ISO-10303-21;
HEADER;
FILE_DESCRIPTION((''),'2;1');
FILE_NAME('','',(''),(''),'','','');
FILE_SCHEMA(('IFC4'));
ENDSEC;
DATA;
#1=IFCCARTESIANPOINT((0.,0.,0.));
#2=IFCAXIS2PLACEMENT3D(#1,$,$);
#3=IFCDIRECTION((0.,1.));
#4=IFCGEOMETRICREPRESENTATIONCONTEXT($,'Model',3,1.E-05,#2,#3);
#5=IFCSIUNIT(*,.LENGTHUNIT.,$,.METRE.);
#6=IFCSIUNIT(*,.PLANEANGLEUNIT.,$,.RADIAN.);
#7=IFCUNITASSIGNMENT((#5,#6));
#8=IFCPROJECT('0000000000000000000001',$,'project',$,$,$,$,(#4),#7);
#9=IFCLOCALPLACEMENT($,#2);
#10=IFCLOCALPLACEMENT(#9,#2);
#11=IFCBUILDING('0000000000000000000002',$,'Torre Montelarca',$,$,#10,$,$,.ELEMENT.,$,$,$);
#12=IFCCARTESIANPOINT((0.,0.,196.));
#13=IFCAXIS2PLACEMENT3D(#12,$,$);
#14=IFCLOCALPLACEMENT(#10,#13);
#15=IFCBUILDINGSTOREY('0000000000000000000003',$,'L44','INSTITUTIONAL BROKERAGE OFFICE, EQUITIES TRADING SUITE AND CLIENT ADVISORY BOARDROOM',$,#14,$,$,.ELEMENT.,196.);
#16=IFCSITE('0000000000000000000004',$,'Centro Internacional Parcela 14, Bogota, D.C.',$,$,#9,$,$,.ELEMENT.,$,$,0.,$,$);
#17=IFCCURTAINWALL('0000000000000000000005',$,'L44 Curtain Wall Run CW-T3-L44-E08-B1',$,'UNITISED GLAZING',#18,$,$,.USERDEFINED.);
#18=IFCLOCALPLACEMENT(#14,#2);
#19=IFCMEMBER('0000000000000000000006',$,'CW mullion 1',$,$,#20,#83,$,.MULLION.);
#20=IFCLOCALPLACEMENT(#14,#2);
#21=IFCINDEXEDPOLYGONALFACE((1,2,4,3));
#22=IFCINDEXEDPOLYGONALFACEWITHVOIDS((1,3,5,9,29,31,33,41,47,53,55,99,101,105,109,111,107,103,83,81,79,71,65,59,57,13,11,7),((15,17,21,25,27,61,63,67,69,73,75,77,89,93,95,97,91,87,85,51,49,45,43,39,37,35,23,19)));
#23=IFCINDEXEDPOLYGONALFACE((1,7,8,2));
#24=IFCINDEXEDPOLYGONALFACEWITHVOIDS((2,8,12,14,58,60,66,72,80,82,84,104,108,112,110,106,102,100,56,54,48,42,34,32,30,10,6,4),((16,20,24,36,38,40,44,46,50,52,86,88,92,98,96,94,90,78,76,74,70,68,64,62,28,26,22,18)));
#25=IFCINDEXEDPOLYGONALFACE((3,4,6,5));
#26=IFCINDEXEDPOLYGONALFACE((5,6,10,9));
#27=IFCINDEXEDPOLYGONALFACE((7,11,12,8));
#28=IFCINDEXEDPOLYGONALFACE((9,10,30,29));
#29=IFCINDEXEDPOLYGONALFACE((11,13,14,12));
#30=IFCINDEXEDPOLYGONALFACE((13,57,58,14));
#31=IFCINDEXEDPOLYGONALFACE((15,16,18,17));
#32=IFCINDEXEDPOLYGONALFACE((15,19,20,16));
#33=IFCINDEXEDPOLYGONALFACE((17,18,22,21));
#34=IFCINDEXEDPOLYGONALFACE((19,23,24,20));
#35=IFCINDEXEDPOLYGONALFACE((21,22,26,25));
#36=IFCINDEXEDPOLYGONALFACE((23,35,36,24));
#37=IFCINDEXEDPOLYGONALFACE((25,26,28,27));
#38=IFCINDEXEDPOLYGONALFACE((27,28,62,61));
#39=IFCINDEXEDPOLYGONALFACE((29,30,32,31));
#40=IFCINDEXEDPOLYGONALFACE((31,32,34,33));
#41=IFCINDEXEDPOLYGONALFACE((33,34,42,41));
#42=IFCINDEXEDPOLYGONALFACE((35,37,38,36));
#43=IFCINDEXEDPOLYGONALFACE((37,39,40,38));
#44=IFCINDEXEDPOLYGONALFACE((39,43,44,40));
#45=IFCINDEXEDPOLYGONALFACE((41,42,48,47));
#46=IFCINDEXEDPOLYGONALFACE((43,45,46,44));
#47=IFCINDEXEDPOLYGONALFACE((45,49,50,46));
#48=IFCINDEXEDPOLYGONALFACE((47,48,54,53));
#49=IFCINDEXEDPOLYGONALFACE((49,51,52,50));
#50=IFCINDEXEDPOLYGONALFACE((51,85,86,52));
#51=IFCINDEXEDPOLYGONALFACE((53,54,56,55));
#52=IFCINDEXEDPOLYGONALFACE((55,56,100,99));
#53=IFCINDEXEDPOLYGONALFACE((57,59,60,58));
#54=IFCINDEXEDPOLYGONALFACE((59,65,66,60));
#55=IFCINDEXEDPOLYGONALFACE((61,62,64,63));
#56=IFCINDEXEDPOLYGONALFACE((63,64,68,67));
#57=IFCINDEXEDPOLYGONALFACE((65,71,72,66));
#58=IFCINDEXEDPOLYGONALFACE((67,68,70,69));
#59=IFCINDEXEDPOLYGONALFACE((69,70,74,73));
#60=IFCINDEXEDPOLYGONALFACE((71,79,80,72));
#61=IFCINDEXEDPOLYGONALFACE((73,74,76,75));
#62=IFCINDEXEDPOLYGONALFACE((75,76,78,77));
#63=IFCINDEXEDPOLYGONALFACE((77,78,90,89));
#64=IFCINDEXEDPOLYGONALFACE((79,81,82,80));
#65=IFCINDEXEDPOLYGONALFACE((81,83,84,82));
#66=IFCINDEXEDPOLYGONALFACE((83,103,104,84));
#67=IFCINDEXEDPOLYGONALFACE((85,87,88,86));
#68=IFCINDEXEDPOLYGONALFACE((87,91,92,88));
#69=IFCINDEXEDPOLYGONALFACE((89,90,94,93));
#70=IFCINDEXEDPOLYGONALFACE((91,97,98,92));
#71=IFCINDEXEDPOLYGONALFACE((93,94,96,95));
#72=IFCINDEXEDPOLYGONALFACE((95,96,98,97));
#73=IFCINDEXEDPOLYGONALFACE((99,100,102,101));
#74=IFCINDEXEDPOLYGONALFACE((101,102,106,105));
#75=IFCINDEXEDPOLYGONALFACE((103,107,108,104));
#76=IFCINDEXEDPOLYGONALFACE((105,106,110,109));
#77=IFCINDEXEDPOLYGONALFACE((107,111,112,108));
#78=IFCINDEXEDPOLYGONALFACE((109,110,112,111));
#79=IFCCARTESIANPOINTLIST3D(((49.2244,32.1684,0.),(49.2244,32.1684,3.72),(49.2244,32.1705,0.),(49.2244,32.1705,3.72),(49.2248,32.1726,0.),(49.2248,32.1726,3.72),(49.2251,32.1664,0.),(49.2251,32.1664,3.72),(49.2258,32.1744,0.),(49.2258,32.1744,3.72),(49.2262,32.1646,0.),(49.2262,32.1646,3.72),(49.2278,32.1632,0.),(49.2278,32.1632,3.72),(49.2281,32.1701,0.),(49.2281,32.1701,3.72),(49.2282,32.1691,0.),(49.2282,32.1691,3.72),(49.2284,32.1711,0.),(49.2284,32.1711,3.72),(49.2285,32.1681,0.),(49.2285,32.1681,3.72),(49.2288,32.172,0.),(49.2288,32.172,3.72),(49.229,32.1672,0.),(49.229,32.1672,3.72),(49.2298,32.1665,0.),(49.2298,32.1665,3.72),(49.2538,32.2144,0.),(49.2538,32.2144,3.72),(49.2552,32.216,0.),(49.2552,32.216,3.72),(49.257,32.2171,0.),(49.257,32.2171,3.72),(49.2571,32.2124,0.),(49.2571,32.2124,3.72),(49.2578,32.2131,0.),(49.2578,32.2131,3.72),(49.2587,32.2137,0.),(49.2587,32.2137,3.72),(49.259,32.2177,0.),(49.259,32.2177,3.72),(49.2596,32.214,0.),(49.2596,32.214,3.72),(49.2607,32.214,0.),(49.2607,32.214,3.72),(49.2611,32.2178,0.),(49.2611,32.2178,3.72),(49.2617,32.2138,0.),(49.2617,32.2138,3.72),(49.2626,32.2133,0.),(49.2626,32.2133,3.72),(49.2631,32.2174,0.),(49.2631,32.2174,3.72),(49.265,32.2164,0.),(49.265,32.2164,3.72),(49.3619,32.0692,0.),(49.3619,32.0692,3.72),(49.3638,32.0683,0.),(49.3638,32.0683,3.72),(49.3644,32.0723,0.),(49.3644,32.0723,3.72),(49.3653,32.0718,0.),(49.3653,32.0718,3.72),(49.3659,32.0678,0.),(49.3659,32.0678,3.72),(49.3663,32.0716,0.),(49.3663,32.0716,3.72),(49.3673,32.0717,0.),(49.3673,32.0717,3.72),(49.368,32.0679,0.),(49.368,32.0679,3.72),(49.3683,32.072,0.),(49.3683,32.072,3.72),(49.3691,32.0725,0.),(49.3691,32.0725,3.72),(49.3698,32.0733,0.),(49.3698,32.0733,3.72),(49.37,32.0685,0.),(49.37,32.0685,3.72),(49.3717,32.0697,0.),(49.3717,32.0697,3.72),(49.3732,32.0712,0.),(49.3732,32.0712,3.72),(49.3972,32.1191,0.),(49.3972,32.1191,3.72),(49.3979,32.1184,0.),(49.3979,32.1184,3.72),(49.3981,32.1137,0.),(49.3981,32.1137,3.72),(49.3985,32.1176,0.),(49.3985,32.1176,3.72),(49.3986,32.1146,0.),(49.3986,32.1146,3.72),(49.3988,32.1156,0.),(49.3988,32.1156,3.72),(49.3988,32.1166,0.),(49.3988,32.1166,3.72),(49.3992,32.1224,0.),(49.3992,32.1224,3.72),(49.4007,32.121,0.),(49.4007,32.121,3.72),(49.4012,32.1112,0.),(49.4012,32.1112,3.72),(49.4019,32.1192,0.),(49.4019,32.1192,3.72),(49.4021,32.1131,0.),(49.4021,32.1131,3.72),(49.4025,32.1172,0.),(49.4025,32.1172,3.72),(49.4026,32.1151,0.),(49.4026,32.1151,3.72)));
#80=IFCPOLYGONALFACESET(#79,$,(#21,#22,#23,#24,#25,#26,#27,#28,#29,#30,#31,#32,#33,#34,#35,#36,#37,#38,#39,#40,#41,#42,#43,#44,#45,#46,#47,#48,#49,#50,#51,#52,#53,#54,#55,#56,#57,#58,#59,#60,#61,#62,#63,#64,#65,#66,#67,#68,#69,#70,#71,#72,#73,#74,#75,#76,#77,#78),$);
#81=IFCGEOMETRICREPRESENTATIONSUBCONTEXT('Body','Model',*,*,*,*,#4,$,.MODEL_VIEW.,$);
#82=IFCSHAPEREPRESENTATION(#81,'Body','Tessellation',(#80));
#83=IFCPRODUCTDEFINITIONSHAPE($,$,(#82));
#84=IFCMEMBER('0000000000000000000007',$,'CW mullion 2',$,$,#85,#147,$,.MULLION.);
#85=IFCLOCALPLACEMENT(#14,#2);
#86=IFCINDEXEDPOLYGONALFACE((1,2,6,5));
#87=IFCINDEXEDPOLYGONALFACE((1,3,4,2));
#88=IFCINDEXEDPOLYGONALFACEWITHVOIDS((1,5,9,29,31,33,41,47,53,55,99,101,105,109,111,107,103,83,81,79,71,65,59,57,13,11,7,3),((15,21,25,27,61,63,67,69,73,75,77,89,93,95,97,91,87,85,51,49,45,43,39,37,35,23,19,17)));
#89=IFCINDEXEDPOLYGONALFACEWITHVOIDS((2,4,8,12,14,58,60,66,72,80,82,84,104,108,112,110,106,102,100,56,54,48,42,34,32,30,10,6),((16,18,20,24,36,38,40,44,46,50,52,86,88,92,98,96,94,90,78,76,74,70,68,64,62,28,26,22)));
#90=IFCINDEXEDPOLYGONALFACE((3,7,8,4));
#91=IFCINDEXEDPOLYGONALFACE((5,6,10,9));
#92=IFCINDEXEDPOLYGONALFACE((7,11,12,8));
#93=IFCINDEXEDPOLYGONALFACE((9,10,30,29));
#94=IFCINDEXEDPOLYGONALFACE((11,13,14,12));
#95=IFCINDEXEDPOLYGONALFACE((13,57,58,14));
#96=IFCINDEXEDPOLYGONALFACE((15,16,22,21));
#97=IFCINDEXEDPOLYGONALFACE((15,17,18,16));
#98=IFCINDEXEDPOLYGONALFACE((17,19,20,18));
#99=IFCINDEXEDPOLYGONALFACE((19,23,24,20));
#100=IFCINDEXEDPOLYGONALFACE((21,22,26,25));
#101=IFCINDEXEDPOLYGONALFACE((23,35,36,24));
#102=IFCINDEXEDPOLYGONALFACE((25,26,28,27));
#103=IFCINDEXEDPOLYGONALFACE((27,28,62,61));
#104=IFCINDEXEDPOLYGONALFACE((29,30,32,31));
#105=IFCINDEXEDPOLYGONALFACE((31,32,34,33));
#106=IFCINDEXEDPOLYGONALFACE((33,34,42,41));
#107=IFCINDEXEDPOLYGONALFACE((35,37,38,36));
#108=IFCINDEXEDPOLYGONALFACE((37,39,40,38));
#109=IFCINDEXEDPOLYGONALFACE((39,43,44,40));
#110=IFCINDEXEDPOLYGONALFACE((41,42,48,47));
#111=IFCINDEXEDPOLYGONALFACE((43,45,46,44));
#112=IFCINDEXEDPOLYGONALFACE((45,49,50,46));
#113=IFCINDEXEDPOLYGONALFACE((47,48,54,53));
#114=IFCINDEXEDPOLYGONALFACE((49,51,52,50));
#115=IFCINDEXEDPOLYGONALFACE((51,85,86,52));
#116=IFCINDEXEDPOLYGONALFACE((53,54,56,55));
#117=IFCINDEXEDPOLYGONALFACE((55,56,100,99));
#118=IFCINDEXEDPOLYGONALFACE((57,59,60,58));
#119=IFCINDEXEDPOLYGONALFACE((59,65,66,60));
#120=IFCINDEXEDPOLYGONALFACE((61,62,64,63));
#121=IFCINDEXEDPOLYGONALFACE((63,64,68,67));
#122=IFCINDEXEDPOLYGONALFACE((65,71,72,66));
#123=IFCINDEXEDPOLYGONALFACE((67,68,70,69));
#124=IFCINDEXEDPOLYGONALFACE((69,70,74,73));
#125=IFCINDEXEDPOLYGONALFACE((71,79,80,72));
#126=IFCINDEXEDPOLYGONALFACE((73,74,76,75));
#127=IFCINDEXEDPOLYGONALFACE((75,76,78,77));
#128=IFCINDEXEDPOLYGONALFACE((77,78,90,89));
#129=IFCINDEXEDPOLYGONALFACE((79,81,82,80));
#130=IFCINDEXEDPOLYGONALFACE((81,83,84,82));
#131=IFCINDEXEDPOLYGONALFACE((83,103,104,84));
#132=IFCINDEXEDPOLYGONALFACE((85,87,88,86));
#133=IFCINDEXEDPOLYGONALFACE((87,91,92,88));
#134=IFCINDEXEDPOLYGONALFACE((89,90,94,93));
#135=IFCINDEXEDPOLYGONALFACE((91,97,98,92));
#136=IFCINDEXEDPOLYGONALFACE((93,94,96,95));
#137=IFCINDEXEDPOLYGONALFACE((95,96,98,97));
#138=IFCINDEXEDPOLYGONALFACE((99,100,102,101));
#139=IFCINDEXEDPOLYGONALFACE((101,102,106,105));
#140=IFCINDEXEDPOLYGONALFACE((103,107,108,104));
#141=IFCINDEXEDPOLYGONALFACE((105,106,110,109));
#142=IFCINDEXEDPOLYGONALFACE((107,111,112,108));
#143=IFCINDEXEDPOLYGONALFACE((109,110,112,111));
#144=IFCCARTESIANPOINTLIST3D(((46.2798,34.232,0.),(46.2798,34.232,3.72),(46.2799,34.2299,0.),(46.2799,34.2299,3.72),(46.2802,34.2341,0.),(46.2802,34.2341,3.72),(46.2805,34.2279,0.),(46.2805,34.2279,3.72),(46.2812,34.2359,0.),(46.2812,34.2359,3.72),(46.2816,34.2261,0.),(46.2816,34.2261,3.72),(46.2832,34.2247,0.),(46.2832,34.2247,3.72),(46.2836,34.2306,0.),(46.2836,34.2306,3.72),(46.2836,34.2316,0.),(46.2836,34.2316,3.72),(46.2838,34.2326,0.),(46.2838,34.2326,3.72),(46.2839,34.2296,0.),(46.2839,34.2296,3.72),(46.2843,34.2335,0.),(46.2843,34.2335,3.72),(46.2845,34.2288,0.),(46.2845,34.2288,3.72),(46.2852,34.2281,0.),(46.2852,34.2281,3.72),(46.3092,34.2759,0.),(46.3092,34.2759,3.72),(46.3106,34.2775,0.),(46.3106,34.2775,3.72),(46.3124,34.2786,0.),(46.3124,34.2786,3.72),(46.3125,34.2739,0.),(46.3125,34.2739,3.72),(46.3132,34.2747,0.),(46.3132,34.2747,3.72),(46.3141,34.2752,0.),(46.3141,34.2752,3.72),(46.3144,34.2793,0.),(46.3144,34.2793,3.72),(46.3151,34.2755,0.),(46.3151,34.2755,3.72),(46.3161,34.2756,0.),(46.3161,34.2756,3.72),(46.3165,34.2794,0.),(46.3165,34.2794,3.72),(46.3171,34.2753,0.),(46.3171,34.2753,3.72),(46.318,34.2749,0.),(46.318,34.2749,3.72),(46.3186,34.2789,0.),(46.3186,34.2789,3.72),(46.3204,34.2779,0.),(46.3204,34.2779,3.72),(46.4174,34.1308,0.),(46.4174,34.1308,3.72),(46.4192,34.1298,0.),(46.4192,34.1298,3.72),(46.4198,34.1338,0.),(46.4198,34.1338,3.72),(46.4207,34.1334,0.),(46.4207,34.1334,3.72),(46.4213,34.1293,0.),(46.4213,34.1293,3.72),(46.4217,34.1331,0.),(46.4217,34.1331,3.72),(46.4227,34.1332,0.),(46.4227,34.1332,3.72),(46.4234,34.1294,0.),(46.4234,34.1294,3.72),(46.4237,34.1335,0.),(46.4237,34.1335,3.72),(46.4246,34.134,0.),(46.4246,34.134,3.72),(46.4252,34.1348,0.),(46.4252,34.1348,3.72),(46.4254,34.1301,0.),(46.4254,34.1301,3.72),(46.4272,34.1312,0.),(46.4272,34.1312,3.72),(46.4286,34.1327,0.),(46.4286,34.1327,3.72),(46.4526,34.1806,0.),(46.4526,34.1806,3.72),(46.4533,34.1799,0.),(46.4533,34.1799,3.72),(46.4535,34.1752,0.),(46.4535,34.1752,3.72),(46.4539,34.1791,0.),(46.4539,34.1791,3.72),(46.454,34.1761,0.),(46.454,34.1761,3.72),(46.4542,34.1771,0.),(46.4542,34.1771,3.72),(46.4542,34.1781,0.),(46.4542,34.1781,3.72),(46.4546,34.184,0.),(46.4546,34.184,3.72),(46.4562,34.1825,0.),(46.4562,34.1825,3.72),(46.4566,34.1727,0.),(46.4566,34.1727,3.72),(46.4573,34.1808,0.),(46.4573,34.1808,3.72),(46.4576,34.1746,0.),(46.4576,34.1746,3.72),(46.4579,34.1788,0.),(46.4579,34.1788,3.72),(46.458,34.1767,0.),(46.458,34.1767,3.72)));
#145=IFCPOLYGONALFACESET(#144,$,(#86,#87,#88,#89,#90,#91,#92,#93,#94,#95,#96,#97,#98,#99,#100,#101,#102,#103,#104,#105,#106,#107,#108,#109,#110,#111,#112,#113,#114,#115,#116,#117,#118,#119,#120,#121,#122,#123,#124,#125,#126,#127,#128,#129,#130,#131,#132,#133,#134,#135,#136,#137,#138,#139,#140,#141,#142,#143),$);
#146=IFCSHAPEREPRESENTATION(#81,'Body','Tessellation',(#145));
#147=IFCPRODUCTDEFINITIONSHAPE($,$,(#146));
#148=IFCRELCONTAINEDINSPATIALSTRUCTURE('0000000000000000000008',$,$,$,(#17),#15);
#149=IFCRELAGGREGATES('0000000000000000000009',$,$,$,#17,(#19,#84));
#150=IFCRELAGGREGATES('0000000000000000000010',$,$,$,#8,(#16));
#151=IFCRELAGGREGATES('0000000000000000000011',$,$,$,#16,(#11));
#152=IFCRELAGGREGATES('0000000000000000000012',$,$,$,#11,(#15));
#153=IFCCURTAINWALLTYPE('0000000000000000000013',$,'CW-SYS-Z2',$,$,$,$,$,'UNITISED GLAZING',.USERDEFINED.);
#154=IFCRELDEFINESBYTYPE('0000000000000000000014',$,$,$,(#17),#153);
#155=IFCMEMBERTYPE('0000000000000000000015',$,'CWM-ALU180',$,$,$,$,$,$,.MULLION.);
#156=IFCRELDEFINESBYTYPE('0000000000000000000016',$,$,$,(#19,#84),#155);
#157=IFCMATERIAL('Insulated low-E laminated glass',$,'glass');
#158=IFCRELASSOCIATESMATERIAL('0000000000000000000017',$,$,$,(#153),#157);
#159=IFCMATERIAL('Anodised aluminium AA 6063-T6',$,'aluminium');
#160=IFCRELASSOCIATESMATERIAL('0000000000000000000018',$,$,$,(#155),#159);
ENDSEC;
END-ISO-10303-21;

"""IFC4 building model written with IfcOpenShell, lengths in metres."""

from ifc_helpers import new_model, si_unit, direction, frame, origin, origin_2d, place, context, subcontext, project, spatial, hollow_rectangle, extrude, source, transform, mapped, material, material_profile, profile_set, type_object, element, aggregate, save


model = new_model("IFC4")

# Units and contexts
model_context = context("Model", 3, precision=1e-05, world=origin(), true_north=direction((0.0, 1.0)))
body_context = subcontext(model_context, "Body", "Model", "MODEL_VIEW")
ifc_project = project(units=[si_unit("LENGTHUNIT", "METRE"), si_unit("PLANEANGLEUNIT", "RADIAN")], contexts=[model_context])

# Site, building, storey
site_placement = place(None, origin())
site = spatial("IfcSite", under=ifc_project, at=site_placement, Name="Centro Internacional Parcela 14, Bogota, D.C.", CompositionType="ELEMENT", RefElevation=0.0)
building_placement = place(site_placement, origin())
building = spatial("IfcBuilding", under=site, at=building_placement, Name="Torre Montelarca", CompositionType="ELEMENT")
storey_placement = place(building_placement, frame((0.0, 0.0, 196.0)))
storey = spatial("IfcBuildingStorey", under=building, at=storey_placement, Name="L44", Description="INSTITUTIONAL BROKERAGE OFFICE, EQUITIES TRADING SUITE AND CLIENT ADVISORY BOARDROOM", CompositionType="ELEMENT", Elevation=196.0)

# Curtain wall, members
ifc_material_1 = material(Name="Insulated low-E laminated glass", Category="glass")
curtain_wall_type = type_object("IfcCurtainWallType", Name="CW-SYS-Z2", ElementType="UNITISED GLAZING", PredefinedType="USERDEFINED", material=ifc_material_1)
ifc_material_2 = material(Name="Anodised aluminium AA 6063-T6", Category="aluminium")
ifc_material_profile_1 = material_profile(ifc_material_2, hollow_rectangle(XDim=0.0649, YDim=0.1799, WallThickness=0.0039, InnerFilletRadius=0.0039, OuterFilletRadius=0.0081, at=origin_2d()), Name="ALU65X180X4", Category="aluminium")
ifc_profile_set_1 = profile_set([ifc_material_profile_1], Name="Anodised aluminium AA 6063-T6")
member_type_1 = type_object("IfcMemberType", Name="CWM-ALU180", PredefinedType="MULLION", material=ifc_profile_set_1)
shared_shape_1 = source(origin(), body_context, "Body", "SweptSolid", [
    extrude(hollow_rectangle(XDim=0.0649, YDim=0.1799, WallThickness=0.0039, InnerFilletRadius=0.0039, OuterFilletRadius=0.0081, at=origin_2d()), origin(), (0.0, 0.0, 1.0), 3.72),
])
curtain_wall_1_placement = place(storey_placement, origin())
curtain_wall_1 = element("IfcCurtainWall", 1, at=curtain_wall_1_placement, inside=storey, type_object=curtain_wall_type, Name="L44 Curtain Wall Run CW-T3-L44-E08-B1", ObjectType="UNITISED GLAZING", PredefinedType="USERDEFINED")
member_1_placement = place(storey_placement, frame((49.3135, 32.1428, 0.0), z_axis=(0.0, 0.0, 1.0), x_axis=(-0.57357, -0.819157, 0.0)))
member_1 = element("IfcMember", 2, at=member_1_placement, type_object=member_type_1, Name="CW mullion 1", PredefinedType="MULLION", context=body_context, shape_type="MappedRepresentation", body=[
    mapped(shared_shape_1, transform((0.0, 0.0, 0.0), scale=1.0)),
])
member_2_placement = place(storey_placement, frame((46.3689, 34.2043, 0.0), z_axis=(0.0, 0.0, 1.0), x_axis=(-0.57357, -0.819157, 0.0)))
member_2 = element("IfcMember", 3, at=member_2_placement, type_object=member_type_1, Name="CW mullion 2", PredefinedType="MULLION", context=body_context, shape_type="MappedRepresentation", body=[
    mapped(shared_shape_1, transform((0.0, 0.0, 0.0), scale=1.0)),
])

aggregate(curtain_wall_1, [member_1, member_2])

save(model, "model.ifc")
